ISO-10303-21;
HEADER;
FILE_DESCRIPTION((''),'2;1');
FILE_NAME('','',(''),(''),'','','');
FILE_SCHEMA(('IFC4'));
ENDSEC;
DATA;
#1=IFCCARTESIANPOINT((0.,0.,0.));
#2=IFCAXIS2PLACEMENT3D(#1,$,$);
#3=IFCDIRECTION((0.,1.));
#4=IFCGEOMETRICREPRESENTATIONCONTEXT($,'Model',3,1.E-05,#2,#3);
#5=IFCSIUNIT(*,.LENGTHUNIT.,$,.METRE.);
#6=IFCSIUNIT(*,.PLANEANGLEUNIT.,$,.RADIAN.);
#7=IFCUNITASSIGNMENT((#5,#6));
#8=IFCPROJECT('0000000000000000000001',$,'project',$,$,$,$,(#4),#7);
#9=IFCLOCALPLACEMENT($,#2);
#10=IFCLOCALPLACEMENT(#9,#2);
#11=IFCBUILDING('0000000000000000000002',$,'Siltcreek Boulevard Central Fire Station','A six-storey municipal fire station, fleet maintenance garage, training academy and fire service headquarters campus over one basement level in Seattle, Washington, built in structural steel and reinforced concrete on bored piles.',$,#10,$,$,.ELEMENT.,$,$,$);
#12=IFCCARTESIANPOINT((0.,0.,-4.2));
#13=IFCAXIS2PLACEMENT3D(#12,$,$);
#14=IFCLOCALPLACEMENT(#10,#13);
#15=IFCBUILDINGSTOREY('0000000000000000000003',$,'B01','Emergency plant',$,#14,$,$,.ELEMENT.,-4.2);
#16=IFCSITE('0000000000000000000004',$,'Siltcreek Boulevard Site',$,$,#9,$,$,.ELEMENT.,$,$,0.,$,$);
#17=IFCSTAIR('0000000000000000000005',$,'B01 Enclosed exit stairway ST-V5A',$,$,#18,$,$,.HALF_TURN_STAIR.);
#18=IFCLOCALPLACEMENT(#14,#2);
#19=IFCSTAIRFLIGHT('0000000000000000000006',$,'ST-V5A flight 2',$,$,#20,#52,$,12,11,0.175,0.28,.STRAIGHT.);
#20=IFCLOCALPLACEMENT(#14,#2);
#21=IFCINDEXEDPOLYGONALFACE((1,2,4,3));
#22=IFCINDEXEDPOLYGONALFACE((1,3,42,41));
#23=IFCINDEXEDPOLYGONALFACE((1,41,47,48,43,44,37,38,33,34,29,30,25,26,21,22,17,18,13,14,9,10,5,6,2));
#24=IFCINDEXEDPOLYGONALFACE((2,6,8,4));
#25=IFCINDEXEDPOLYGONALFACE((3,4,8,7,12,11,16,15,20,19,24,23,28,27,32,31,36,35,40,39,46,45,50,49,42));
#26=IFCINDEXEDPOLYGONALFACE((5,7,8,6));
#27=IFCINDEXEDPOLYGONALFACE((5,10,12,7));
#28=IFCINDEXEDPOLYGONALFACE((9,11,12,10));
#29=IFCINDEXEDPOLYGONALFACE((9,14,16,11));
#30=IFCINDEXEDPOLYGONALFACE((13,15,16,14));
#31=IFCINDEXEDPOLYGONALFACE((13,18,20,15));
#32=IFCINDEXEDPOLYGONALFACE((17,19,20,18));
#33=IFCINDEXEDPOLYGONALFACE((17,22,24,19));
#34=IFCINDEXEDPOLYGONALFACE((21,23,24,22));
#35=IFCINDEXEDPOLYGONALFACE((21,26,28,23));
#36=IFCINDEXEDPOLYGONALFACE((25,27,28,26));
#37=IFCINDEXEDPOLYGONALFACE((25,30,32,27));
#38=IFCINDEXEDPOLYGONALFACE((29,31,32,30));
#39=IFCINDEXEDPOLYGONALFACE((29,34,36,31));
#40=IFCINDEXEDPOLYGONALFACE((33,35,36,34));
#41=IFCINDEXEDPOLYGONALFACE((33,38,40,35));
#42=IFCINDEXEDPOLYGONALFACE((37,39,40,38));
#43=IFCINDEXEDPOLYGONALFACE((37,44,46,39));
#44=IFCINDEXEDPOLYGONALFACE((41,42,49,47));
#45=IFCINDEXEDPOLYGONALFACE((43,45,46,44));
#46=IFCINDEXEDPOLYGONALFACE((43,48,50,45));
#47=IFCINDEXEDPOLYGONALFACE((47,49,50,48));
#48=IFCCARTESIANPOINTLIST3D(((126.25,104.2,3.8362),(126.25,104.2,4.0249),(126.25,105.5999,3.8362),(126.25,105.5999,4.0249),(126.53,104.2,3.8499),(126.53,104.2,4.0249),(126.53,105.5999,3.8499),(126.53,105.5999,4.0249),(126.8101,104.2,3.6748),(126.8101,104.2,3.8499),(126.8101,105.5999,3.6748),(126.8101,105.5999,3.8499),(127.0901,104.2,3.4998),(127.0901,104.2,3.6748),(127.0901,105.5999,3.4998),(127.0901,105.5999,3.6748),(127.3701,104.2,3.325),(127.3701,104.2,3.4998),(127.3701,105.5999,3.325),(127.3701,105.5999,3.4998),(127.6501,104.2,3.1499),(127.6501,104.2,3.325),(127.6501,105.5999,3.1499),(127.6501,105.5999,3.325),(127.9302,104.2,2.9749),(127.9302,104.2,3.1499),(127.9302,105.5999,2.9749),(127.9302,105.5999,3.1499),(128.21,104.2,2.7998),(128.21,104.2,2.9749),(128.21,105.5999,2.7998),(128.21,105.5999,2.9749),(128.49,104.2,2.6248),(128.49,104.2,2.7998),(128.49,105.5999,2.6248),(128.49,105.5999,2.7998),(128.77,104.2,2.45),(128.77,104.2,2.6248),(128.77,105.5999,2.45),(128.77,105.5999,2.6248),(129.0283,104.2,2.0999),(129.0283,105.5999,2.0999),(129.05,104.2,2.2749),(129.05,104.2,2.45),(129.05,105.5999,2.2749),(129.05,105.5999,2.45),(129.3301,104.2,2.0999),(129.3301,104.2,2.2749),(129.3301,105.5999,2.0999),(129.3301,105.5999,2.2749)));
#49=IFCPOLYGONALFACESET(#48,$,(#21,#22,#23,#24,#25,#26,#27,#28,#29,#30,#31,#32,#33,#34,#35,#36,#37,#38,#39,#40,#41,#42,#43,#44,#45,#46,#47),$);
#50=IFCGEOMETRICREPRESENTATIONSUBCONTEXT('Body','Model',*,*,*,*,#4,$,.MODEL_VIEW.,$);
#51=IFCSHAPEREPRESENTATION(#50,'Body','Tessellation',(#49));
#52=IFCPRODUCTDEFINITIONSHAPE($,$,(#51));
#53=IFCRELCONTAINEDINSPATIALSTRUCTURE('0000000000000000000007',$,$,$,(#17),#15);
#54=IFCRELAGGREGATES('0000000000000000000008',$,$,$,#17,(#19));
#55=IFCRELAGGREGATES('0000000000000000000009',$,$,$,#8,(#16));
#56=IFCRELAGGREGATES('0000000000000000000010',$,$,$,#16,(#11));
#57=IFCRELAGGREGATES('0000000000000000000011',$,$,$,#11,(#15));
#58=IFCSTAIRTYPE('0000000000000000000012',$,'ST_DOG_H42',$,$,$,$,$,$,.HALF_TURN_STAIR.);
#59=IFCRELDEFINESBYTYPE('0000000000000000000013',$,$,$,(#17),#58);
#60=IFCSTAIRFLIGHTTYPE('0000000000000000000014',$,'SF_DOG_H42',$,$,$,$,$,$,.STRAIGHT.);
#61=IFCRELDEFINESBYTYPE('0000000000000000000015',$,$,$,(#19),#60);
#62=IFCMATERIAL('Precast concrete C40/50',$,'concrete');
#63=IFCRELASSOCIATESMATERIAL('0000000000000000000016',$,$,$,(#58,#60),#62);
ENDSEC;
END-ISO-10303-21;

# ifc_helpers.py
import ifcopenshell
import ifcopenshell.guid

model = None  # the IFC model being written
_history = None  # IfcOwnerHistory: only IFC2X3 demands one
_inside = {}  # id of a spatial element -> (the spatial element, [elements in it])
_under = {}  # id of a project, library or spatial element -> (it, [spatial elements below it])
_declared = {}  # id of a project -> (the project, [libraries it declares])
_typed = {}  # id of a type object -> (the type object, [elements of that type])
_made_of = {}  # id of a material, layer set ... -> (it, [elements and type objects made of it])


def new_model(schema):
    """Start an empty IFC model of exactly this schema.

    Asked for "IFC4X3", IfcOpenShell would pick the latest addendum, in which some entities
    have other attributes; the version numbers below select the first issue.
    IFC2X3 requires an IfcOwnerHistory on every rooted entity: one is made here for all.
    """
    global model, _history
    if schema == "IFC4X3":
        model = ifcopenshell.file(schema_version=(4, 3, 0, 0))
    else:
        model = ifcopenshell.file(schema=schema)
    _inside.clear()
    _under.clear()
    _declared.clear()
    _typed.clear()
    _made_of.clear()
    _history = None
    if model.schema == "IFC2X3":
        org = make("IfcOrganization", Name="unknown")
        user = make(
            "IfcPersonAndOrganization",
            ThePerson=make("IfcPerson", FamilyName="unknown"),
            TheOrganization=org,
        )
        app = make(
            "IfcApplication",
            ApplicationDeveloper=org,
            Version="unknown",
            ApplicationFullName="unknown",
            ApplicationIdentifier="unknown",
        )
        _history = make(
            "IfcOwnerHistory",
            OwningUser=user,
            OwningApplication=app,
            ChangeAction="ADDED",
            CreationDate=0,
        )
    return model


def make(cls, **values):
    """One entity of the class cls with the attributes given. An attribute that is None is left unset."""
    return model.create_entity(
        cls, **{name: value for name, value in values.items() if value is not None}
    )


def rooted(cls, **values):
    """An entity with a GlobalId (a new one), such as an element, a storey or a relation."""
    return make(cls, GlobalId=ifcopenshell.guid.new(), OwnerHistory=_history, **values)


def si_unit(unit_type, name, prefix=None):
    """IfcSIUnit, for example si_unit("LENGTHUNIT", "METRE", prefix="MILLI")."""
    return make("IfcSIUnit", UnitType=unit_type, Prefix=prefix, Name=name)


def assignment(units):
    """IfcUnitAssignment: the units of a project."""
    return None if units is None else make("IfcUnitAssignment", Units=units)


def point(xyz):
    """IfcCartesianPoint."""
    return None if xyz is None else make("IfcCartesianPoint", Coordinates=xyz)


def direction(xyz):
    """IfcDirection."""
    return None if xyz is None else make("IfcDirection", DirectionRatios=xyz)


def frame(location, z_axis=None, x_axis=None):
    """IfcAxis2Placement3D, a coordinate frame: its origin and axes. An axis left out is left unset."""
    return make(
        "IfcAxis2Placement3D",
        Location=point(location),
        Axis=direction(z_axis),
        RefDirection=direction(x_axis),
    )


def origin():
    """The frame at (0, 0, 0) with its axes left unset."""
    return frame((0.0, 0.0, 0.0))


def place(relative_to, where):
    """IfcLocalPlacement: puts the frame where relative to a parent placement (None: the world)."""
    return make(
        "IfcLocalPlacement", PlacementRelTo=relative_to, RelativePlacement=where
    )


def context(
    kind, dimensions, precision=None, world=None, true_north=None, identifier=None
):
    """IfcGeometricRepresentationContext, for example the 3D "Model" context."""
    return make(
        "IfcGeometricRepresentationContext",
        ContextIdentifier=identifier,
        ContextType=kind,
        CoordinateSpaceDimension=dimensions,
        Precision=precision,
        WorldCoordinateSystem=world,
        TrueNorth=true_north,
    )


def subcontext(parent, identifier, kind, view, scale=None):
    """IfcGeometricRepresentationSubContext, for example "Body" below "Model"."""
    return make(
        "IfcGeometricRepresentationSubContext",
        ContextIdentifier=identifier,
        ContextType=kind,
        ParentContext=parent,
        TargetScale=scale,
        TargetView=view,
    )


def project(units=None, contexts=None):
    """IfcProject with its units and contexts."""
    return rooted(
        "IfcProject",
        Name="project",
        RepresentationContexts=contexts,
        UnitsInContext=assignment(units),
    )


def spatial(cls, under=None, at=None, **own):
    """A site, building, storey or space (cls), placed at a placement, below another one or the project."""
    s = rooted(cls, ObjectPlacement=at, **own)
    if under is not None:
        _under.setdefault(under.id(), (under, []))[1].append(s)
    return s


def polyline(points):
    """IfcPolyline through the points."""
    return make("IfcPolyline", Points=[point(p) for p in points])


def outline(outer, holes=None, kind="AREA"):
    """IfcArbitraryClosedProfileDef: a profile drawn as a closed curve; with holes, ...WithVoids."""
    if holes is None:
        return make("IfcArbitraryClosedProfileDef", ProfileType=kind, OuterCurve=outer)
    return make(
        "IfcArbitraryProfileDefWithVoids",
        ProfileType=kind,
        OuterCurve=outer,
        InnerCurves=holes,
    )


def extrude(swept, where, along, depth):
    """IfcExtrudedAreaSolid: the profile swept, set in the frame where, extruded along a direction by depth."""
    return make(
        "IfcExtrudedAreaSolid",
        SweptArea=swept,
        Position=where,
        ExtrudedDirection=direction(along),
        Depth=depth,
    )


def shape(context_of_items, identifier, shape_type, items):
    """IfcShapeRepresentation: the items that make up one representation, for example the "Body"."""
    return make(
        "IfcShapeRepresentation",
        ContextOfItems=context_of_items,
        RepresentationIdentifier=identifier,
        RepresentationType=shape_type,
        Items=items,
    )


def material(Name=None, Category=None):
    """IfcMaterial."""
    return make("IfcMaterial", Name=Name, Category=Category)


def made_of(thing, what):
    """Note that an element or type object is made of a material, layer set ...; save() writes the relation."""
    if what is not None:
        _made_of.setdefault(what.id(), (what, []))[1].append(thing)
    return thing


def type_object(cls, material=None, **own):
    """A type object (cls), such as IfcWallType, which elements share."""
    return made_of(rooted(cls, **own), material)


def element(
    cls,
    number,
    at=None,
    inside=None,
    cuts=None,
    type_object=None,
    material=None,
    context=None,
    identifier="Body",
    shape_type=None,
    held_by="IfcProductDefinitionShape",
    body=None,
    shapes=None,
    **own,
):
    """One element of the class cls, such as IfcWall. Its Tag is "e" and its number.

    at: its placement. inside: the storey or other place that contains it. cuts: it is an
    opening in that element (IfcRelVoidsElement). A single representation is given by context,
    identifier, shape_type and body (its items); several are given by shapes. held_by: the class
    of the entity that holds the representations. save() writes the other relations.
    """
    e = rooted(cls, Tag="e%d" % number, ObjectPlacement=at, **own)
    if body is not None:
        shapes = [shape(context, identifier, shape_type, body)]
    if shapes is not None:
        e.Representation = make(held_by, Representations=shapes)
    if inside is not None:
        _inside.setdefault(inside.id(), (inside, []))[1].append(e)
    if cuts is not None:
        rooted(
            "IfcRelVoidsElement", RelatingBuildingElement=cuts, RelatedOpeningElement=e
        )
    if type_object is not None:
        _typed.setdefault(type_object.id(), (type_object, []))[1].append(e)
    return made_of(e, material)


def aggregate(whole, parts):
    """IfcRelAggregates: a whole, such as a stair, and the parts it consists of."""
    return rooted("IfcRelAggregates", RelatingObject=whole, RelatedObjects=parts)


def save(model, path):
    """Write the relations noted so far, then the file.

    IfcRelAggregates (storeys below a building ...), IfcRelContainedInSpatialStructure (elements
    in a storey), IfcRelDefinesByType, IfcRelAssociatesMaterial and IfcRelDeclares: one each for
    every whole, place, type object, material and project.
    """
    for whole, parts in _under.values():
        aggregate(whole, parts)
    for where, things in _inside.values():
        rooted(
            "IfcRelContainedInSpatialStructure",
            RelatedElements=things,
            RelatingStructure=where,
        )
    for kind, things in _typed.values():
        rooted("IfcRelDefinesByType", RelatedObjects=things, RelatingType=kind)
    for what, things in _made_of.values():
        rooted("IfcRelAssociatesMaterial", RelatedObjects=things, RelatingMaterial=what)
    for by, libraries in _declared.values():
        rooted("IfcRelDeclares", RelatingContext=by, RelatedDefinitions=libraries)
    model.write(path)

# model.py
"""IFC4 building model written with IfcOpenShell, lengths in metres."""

from ifc_helpers import new_model, si_unit, direction, frame, origin, place, context, subcontext, project, spatial, polyline, outline, extrude, material, type_object, element, aggregate, save


model = new_model("IFC4")

# Units and contexts
model_context = context("Model", 3, precision=1e-05, world=origin(), true_north=direction((0.0, 1.0)))
body_context = subcontext(model_context, "Body", "Model", "MODEL_VIEW")
ifc_project = project(units=[si_unit("LENGTHUNIT", "METRE"), si_unit("PLANEANGLEUNIT", "RADIAN")], contexts=[model_context])

# Site, building, storey
site_placement = place(None, origin())
site = spatial("IfcSite", under=ifc_project, at=site_placement, Name="Siltcreek Boulevard Site", CompositionType="ELEMENT", RefElevation=0.0)
building_placement = place(site_placement, origin())
building = spatial("IfcBuilding", under=site, at=building_placement, Name="Siltcreek Boulevard Central Fire Station", Description="A six-storey municipal fire station, fleet maintenance garage, training academy and fire service headquarters campus over one basement level in Seattle, Washington, built in structural steel and reinforced concrete on bored piles.", CompositionType="ELEMENT")
storey_placement = place(building_placement, frame((0.0, 0.0, -4.2)))
storey = spatial("IfcBuildingStorey", under=building, at=storey_placement, Name="B01", Description="Emergency plant", CompositionType="ELEMENT", Elevation=-4.2)

# Stair, stair flight
ifc_material_1 = material(Name="Precast concrete C40/50", Category="concrete")
stair_type = type_object("IfcStairType", Name="ST_DOG_H42", PredefinedType="HALF_TURN_STAIR", material=ifc_material_1)
stair_placement = place(storey_placement, origin())
stair = element("IfcStair", 1, at=stair_placement, inside=storey, type_object=stair_type, Name="B01 Enclosed exit stairway ST-V5A", PredefinedType="HALF_TURN_STAIR")
stair_flight_type = type_object("IfcStairFlightType", Name="SF_DOG_H42", PredefinedType="STRAIGHT", material=ifc_material_1)
stair_flight_1_placement = place(storey_placement, frame((129.3301, 104.8999, 2.0999), z_axis=(0.0, 0.0, 1.0), x_axis=(-1.0, 0.0, 0.0)))
stair_flight_1 = element("IfcStairFlight", 2, at=stair_flight_1_placement, type_object=stair_flight_type, Name="ST-V5A flight 2", NumberOfRisers=12, NumberOfTreads=11, PredefinedType="STRAIGHT", RiserHeight=0.175, TreadLength=0.28, context=body_context, shape_type="SweptSolid", body=[
    extrude(outline(polyline([(0.0, 0.0), (0.0, 0.175), (0.28, 0.175), (0.28, 0.3501), (0.5601, 0.3501), (0.5601, 0.5249), (0.8401, 0.5249), (0.8401, 0.7), (1.1201, 0.7), (1.1201, 0.875), (1.3999, 0.875), (1.3999, 1.05), (1.6799, 1.05), (1.6799, 1.2251), (1.96, 1.2251), (1.96, 1.3999), (2.24, 1.3999), (2.24, 1.575), (2.52, 1.575), (2.52, 1.75), (2.8, 1.75), (2.8, 1.925), (3.0801, 1.925), (3.0801, 2.1001), (3.0801, 1.7363), (0.3018, 0.0), (0.0, 0.0)])), frame((0.0, 0.7, 0.0), z_axis=(0.0, -1.0, 0.0), x_axis=(1.0, 0.0, 0.0)), (0.0, 0.0, 1.0), 1.3999),
])
aggregate(stair, [stair_flight_1])

save(model, "model.ifc")
